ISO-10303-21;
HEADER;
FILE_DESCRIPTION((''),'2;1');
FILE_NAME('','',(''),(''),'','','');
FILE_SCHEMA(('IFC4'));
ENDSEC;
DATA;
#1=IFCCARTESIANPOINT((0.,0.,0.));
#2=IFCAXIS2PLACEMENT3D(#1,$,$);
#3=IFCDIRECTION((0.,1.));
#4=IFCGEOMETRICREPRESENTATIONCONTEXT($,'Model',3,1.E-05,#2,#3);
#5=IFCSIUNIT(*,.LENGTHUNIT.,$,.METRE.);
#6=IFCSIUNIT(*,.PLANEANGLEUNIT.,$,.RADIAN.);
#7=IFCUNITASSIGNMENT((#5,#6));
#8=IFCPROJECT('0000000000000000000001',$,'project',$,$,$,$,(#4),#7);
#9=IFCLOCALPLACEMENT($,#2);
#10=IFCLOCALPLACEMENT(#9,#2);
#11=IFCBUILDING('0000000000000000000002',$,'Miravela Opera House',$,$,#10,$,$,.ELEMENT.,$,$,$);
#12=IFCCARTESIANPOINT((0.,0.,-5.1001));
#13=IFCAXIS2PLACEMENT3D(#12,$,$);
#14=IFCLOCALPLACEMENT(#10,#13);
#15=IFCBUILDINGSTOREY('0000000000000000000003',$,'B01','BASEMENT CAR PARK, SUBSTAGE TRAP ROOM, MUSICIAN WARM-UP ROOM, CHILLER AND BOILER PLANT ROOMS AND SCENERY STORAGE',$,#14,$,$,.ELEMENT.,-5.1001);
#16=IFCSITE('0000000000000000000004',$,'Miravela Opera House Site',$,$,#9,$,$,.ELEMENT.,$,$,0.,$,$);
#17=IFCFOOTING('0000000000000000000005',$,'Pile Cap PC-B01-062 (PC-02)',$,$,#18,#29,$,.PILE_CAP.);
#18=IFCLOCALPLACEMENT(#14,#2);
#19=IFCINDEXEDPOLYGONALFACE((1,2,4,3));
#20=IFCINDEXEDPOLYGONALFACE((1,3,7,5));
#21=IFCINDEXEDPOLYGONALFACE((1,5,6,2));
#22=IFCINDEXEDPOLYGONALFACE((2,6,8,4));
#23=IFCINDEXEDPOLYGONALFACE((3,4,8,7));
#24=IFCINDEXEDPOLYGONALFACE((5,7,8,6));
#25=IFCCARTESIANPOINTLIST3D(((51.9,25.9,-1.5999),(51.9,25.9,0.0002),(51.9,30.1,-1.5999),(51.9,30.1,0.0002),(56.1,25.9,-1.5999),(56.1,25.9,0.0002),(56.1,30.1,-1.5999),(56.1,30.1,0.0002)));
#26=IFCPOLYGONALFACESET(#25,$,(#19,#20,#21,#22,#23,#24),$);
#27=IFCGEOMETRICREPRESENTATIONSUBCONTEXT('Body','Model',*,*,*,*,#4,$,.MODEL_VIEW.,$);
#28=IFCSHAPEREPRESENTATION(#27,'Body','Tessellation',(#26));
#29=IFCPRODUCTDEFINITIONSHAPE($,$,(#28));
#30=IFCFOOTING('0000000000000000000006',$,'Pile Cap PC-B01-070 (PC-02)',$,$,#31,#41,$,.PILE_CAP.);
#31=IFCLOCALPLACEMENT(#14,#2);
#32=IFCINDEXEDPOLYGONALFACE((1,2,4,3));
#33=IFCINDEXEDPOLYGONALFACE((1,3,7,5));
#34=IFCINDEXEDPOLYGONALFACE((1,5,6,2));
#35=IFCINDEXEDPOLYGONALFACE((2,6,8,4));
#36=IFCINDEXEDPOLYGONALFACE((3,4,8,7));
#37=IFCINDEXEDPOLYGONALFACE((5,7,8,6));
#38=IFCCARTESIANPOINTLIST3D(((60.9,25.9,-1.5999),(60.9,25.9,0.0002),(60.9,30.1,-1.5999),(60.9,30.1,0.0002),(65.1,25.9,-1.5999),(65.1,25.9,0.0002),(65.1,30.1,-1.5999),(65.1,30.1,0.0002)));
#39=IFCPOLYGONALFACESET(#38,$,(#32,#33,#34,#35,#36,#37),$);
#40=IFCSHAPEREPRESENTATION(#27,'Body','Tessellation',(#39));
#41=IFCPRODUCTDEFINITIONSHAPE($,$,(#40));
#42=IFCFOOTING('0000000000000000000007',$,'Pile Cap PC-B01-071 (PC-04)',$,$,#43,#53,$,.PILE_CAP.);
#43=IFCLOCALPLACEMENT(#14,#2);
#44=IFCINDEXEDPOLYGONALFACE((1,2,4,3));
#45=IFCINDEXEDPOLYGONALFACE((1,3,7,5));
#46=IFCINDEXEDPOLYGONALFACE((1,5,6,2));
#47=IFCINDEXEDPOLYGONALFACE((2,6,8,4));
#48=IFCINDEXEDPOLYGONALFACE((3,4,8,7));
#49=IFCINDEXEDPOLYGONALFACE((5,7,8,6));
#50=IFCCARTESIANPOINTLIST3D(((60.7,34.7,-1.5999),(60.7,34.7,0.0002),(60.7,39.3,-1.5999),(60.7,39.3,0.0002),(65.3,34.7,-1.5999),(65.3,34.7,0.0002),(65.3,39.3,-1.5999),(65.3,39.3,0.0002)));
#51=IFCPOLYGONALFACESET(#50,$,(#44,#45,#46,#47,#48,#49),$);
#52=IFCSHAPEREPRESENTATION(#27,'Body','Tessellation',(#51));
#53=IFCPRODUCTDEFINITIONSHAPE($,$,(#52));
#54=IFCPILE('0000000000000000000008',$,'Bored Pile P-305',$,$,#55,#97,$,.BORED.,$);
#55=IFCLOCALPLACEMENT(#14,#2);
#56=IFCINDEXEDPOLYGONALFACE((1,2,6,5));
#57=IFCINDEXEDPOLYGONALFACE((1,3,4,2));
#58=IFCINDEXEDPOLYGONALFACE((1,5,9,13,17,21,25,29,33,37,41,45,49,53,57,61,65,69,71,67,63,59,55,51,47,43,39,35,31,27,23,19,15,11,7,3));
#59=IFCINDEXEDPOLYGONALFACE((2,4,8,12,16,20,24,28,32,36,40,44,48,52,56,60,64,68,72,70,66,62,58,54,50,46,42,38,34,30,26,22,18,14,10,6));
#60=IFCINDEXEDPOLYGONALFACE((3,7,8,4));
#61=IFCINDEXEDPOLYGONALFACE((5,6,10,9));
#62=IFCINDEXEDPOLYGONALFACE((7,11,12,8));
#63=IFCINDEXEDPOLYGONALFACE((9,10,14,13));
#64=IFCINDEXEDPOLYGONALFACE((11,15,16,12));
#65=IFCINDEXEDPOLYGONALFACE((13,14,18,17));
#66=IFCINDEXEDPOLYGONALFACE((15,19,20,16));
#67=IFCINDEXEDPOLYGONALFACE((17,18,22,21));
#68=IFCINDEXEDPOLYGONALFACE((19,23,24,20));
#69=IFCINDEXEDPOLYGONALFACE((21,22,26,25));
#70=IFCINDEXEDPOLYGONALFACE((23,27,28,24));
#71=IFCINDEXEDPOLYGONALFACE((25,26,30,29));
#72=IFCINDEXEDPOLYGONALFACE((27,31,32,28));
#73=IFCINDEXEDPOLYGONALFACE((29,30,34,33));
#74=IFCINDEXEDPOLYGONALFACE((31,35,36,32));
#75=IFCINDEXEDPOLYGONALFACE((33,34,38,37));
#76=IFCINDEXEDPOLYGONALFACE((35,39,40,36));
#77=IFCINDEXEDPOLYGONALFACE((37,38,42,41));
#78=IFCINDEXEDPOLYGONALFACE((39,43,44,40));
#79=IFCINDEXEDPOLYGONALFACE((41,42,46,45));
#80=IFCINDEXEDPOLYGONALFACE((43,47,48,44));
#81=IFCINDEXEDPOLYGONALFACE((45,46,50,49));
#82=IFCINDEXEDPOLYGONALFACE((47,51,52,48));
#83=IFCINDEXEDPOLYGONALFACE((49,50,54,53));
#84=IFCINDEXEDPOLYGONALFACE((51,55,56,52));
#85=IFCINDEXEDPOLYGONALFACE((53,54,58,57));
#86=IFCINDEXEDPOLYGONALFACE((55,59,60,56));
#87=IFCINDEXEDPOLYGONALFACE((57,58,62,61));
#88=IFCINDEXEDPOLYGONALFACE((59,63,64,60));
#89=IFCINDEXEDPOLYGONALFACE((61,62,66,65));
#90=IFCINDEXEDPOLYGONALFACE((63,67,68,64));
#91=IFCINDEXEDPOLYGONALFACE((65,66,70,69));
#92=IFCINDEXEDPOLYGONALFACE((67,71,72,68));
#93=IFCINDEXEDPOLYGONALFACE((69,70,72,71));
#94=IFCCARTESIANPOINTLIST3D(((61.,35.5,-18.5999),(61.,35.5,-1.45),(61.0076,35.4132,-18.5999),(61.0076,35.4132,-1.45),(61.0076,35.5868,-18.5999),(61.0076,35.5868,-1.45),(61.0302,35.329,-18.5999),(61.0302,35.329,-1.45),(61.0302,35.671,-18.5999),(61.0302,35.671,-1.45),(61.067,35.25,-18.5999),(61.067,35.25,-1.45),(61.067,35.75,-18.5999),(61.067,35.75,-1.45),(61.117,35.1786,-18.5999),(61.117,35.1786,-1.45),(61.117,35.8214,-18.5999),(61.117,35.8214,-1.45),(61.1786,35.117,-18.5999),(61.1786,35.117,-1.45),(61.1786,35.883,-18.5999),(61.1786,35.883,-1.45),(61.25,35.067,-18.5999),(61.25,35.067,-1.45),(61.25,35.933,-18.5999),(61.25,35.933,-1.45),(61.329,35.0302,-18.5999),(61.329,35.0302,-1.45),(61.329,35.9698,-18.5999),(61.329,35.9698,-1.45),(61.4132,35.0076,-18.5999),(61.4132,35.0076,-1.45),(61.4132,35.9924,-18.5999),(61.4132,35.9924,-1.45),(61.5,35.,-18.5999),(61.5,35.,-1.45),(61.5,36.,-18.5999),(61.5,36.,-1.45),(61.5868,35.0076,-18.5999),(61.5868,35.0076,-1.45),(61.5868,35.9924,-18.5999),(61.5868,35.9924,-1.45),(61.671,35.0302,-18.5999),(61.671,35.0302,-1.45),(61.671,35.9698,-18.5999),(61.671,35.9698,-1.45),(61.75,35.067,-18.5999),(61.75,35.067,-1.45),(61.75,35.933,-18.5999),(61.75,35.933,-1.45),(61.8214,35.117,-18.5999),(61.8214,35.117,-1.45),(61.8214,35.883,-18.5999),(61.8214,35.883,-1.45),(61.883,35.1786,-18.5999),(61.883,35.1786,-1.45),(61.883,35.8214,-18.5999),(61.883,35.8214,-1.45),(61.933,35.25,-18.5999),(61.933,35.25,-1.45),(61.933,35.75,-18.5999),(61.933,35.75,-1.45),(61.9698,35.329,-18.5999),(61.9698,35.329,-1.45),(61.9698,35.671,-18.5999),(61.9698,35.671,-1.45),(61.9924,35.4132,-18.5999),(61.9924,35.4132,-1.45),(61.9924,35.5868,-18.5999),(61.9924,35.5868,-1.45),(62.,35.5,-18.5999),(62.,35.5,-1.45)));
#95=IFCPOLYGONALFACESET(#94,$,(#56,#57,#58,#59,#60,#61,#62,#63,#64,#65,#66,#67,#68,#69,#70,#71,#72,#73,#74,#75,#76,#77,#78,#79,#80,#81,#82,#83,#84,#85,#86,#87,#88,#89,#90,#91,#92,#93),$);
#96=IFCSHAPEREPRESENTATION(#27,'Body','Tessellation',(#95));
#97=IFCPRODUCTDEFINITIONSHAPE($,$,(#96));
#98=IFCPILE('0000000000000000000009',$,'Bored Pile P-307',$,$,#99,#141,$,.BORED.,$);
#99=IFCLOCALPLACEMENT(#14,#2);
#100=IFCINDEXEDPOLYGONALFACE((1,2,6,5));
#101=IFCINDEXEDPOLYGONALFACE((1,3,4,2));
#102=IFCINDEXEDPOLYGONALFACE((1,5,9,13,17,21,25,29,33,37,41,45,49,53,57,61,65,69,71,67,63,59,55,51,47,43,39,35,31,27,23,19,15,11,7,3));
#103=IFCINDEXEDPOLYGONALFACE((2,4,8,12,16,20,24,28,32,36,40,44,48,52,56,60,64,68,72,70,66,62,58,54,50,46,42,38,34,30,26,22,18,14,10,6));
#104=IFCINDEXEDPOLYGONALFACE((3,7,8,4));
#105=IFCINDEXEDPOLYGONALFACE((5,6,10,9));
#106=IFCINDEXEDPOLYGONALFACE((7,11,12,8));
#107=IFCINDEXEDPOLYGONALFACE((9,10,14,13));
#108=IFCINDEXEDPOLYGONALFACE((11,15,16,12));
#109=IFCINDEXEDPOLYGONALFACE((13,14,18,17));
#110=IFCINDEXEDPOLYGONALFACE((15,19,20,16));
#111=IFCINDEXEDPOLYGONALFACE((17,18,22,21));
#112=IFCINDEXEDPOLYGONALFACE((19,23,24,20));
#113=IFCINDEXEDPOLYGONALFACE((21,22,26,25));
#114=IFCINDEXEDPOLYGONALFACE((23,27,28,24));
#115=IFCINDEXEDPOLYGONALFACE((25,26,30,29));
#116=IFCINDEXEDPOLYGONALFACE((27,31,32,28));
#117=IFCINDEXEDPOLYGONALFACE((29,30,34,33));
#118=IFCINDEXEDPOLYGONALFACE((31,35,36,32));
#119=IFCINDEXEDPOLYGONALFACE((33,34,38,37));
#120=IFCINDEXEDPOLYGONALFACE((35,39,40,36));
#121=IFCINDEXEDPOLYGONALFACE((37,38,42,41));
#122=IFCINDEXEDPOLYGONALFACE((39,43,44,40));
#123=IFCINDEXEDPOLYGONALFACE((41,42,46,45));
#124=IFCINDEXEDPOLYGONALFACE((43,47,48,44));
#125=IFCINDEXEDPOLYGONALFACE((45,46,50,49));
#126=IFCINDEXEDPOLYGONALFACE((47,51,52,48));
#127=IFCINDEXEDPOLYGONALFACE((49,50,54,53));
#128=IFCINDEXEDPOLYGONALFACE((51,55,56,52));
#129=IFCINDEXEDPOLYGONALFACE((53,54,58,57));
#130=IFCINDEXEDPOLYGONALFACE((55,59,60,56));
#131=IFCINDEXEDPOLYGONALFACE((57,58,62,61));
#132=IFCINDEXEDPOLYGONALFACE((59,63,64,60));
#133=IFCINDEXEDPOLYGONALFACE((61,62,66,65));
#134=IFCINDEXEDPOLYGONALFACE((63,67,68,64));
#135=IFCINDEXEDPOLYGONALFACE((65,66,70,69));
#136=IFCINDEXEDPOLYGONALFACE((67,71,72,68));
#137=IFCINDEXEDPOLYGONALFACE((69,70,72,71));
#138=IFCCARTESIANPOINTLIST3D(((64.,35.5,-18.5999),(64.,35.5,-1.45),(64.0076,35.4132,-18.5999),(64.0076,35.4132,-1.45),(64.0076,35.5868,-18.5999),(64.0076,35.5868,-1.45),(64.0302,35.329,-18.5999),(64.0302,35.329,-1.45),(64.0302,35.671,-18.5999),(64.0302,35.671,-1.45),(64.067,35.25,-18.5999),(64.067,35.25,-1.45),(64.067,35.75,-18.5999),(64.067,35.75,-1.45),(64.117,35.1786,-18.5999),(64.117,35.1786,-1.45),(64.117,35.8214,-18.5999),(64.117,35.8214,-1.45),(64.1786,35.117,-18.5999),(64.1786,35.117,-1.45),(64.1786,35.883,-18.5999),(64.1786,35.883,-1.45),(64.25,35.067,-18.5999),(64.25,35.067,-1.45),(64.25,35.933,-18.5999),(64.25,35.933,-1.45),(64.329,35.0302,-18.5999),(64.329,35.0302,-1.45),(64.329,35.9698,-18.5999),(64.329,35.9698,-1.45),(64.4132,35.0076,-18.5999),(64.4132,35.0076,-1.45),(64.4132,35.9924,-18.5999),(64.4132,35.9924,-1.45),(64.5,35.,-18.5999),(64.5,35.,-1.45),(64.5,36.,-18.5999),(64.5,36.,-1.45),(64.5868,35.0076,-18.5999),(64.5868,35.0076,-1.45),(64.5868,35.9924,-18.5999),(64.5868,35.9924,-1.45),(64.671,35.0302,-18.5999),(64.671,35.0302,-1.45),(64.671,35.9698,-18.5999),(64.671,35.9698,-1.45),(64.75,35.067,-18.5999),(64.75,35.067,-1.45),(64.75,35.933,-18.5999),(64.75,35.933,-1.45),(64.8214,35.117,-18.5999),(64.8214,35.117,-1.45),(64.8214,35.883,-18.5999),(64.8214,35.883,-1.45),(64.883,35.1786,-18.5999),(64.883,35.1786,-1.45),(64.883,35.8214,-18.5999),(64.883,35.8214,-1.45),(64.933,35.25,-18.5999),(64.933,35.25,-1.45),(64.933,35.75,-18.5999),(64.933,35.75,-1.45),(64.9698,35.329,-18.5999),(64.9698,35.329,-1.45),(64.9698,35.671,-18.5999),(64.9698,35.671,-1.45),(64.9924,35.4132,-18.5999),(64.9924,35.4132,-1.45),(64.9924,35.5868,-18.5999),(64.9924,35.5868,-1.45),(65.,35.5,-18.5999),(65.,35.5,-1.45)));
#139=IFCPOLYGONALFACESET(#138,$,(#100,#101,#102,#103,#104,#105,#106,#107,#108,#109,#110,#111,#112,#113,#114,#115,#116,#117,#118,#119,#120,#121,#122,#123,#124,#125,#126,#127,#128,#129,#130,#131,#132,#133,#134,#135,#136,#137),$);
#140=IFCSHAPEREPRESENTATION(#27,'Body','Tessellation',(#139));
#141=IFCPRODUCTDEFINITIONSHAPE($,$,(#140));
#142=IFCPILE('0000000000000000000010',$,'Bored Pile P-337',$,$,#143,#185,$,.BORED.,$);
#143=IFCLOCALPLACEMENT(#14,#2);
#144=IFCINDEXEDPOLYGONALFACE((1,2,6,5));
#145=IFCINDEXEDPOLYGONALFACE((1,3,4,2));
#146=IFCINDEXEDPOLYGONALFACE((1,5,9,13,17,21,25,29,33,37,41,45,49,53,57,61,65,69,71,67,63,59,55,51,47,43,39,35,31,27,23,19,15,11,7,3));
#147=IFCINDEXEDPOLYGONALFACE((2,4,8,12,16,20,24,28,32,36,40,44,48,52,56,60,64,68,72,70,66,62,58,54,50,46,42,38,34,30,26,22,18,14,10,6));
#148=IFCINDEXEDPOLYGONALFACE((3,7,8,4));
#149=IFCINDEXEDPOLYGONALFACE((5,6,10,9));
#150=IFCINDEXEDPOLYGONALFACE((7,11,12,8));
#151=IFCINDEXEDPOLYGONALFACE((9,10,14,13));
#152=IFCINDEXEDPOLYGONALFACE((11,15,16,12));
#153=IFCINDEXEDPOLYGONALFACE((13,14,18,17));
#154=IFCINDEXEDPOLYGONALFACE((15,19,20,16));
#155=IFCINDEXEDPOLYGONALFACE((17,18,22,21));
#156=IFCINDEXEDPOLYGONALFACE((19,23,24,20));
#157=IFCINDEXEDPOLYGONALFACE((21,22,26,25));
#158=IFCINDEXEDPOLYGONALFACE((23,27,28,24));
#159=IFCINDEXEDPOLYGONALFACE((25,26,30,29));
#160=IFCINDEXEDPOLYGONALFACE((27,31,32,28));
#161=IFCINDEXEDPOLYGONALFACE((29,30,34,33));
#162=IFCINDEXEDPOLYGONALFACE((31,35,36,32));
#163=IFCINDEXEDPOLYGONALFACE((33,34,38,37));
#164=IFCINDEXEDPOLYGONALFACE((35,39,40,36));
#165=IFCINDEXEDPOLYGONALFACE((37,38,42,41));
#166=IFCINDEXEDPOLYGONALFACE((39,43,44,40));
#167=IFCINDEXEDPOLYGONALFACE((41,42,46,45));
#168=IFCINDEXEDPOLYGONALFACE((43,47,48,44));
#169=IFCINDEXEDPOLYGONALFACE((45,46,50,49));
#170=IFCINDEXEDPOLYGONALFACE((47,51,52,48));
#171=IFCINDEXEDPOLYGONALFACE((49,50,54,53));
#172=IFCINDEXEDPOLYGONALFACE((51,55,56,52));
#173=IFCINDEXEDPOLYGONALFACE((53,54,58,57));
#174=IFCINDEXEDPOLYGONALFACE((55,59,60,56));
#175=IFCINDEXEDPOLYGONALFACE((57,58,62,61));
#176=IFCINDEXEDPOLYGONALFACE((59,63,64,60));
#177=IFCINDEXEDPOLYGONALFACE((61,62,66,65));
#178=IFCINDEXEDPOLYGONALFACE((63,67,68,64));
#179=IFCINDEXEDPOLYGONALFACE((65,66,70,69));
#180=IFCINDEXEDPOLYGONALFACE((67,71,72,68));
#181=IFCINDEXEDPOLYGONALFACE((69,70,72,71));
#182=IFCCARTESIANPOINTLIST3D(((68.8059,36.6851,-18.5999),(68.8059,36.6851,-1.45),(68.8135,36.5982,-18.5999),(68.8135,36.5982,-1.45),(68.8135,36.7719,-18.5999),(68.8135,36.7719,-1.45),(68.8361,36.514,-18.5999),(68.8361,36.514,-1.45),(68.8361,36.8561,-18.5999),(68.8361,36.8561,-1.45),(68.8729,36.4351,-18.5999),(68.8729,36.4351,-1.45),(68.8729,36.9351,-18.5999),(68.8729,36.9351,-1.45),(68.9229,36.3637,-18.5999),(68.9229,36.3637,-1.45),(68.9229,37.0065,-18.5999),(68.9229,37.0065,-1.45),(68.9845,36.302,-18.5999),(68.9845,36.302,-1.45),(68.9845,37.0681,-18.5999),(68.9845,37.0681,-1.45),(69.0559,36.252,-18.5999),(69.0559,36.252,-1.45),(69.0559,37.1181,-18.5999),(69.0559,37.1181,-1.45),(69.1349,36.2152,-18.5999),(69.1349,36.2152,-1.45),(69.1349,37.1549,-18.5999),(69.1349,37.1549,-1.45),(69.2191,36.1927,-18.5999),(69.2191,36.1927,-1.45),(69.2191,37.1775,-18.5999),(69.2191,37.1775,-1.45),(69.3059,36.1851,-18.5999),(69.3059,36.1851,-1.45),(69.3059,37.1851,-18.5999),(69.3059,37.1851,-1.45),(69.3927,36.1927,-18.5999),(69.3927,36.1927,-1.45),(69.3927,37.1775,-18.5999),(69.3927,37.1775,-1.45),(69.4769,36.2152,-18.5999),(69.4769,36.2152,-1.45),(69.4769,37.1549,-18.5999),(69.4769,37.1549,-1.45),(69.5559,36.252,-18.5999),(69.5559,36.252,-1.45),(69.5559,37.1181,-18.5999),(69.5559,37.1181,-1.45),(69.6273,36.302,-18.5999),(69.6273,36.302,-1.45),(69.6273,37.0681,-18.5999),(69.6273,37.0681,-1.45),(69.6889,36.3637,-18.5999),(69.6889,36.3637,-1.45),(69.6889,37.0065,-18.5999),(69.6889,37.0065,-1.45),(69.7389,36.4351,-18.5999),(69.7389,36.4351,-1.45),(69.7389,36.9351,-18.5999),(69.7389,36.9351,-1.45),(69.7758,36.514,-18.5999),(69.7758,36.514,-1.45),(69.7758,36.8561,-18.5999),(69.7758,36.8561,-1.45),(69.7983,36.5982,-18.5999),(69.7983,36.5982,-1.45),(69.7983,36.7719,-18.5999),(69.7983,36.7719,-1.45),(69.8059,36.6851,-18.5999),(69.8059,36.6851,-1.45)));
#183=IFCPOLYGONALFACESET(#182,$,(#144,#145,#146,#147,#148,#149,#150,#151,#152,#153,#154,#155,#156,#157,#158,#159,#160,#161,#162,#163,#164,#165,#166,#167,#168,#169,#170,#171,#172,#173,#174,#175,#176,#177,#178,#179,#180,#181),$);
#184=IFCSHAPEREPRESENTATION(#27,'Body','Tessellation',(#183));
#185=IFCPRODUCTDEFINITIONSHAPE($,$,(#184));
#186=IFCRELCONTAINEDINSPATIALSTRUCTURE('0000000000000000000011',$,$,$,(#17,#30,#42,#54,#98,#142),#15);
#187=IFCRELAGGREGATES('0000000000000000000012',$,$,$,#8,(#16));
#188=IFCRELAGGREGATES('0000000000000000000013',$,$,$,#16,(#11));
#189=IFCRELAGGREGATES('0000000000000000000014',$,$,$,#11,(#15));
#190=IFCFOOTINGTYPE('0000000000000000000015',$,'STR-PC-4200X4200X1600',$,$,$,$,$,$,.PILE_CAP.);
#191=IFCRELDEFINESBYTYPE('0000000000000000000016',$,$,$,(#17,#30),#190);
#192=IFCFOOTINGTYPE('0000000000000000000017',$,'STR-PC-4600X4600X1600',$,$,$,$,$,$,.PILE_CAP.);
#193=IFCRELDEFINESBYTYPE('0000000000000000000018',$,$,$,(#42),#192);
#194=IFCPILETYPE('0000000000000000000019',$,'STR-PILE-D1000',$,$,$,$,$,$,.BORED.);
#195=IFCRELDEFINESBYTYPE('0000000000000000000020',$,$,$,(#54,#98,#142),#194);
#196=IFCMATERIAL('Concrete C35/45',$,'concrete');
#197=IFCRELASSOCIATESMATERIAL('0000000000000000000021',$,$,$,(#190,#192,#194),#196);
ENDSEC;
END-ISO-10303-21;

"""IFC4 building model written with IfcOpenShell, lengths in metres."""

from ifc_helpers import new_model, si_unit, direction, frame, origin, origin_2d, place, context, subcontext, project, spatial, rectangle, circle, extrude, material, material_profile, profile_set, type_object, element, save


model = new_model("IFC4")

# Units and contexts
model_context = context("Model", 3, precision=1e-05, world=origin(), true_north=direction((0.0, 1.0)))
body_context = subcontext(model_context, "Body", "Model", "MODEL_VIEW")
ifc_project = project(units=[si_unit("LENGTHUNIT", "METRE"), si_unit("PLANEANGLEUNIT", "RADIAN")], contexts=[model_context])

# Site, building, storey
site_placement = place(None, origin())
site = spatial("IfcSite", under=ifc_project, at=site_placement, Name="Miravela Opera House Site", CompositionType="ELEMENT", RefElevation=0.0)
building_placement = place(site_placement, origin())
building = spatial("IfcBuilding", under=site, at=building_placement, Name="Miravela Opera House", CompositionType="ELEMENT")
storey_placement = place(building_placement, frame((0.0, 0.0, -5.1001)))
storey = spatial("IfcBuildingStorey", under=building, at=storey_placement, Name="B01", Description="BASEMENT CAR PARK, SUBSTAGE TRAP ROOM, MUSICIAN WARM-UP ROOM, CHILLER AND BOILER PLANT ROOMS AND SCENERY STORAGE", CompositionType="ELEMENT", Elevation=-5.1001)

# Footings
ifc_material_1 = material(Name="Concrete C35/45", Category="concrete")
footing_type_1 = type_object("IfcFootingType", Name="STR-PC-4200X4200X1600", PredefinedType="PILE_CAP", material=ifc_material_1)
for number, where, z_axis, x_axis, name in (
    (1, (54.0, 28.0, -1.5999), (0.0, 0.0, 1.0), (1.0, 0.0, 0.0), "Pile Cap PC-B01-062 (PC-02)"),
    (2, (63.0, 28.0, -1.5999), (0.0, 0.0, 1.0), (1.0, 0.0, 0.0), "Pile Cap PC-B01-070 (PC-02)"),
):
    element("IfcFooting", number, at=place(storey_placement, frame(where, z_axis=z_axis, x_axis=x_axis)), inside=storey, type_object=footing_type_1, Name=name, PredefinedType="PILE_CAP", context=body_context, shape_type="SweptSolid", body=[
        extrude(rectangle(XDim=4.2, YDim=4.2, at=origin_2d()), origin(), (0.0, 0.0, 1.0), 1.6001),
    ])
footing_type_2 = type_object("IfcFootingType", Name="STR-PC-4600X4600X1600", PredefinedType="PILE_CAP", material=ifc_material_1)
footing_placement = place(storey_placement, frame((63.0, 37.0, -1.5999), z_axis=(0.0, 0.0, 1.0), x_axis=(1.0, 0.0, 0.0)))
element("IfcFooting", 3, at=footing_placement, inside=storey, type_object=footing_type_2, Name="Pile Cap PC-B01-071 (PC-04)", PredefinedType="PILE_CAP", context=body_context, shape_type="SweptSolid", body=[
    extrude(rectangle(XDim=4.6001, YDim=4.6001, at=origin_2d()), origin(), (0.0, 0.0, 1.0), 1.6001),
])

# Piles
ifc_material_profile_1 = material_profile(ifc_material_1, circle(Radius=0.5, at=origin_2d()), Name="PILE-D1000")
ifc_profile_set_1 = profile_set([ifc_material_profile_1])
pile_type_1 = type_object("IfcPileType", Name="STR-PILE-D1000", PredefinedType="BORED", material=ifc_profile_set_1)
for number, where, z_axis, x_axis, name in (
    (4, (61.5, 35.5, -1.45), (0.0, 0.0, -1.0), (1.0, 0.0, 0.0), "Bored Pile P-305"),
    (5, (64.5, 35.5, -1.45), (0.0, 0.0, -1.0), (1.0, 0.0, 0.0), "Bored Pile P-307"),
    (6, (69.3059, 36.6851, -1.45), (0.0, 0.0, -1.0), (1.0, 0.0, 0.0), "Bored Pile P-337"),
):
    element("IfcPile", number, at=place(storey_placement, frame(where, z_axis=z_axis, x_axis=x_axis)), inside=storey, type_object=pile_type_1, Name=name, PredefinedType="BORED", context=body_context, shape_type="SweptSolid", body=[
        extrude(circle(Radius=0.5, at=origin_2d()), origin(), (0.0, 0.0, 1.0), 17.1499),
    ])

save(model, "model.ifc")
